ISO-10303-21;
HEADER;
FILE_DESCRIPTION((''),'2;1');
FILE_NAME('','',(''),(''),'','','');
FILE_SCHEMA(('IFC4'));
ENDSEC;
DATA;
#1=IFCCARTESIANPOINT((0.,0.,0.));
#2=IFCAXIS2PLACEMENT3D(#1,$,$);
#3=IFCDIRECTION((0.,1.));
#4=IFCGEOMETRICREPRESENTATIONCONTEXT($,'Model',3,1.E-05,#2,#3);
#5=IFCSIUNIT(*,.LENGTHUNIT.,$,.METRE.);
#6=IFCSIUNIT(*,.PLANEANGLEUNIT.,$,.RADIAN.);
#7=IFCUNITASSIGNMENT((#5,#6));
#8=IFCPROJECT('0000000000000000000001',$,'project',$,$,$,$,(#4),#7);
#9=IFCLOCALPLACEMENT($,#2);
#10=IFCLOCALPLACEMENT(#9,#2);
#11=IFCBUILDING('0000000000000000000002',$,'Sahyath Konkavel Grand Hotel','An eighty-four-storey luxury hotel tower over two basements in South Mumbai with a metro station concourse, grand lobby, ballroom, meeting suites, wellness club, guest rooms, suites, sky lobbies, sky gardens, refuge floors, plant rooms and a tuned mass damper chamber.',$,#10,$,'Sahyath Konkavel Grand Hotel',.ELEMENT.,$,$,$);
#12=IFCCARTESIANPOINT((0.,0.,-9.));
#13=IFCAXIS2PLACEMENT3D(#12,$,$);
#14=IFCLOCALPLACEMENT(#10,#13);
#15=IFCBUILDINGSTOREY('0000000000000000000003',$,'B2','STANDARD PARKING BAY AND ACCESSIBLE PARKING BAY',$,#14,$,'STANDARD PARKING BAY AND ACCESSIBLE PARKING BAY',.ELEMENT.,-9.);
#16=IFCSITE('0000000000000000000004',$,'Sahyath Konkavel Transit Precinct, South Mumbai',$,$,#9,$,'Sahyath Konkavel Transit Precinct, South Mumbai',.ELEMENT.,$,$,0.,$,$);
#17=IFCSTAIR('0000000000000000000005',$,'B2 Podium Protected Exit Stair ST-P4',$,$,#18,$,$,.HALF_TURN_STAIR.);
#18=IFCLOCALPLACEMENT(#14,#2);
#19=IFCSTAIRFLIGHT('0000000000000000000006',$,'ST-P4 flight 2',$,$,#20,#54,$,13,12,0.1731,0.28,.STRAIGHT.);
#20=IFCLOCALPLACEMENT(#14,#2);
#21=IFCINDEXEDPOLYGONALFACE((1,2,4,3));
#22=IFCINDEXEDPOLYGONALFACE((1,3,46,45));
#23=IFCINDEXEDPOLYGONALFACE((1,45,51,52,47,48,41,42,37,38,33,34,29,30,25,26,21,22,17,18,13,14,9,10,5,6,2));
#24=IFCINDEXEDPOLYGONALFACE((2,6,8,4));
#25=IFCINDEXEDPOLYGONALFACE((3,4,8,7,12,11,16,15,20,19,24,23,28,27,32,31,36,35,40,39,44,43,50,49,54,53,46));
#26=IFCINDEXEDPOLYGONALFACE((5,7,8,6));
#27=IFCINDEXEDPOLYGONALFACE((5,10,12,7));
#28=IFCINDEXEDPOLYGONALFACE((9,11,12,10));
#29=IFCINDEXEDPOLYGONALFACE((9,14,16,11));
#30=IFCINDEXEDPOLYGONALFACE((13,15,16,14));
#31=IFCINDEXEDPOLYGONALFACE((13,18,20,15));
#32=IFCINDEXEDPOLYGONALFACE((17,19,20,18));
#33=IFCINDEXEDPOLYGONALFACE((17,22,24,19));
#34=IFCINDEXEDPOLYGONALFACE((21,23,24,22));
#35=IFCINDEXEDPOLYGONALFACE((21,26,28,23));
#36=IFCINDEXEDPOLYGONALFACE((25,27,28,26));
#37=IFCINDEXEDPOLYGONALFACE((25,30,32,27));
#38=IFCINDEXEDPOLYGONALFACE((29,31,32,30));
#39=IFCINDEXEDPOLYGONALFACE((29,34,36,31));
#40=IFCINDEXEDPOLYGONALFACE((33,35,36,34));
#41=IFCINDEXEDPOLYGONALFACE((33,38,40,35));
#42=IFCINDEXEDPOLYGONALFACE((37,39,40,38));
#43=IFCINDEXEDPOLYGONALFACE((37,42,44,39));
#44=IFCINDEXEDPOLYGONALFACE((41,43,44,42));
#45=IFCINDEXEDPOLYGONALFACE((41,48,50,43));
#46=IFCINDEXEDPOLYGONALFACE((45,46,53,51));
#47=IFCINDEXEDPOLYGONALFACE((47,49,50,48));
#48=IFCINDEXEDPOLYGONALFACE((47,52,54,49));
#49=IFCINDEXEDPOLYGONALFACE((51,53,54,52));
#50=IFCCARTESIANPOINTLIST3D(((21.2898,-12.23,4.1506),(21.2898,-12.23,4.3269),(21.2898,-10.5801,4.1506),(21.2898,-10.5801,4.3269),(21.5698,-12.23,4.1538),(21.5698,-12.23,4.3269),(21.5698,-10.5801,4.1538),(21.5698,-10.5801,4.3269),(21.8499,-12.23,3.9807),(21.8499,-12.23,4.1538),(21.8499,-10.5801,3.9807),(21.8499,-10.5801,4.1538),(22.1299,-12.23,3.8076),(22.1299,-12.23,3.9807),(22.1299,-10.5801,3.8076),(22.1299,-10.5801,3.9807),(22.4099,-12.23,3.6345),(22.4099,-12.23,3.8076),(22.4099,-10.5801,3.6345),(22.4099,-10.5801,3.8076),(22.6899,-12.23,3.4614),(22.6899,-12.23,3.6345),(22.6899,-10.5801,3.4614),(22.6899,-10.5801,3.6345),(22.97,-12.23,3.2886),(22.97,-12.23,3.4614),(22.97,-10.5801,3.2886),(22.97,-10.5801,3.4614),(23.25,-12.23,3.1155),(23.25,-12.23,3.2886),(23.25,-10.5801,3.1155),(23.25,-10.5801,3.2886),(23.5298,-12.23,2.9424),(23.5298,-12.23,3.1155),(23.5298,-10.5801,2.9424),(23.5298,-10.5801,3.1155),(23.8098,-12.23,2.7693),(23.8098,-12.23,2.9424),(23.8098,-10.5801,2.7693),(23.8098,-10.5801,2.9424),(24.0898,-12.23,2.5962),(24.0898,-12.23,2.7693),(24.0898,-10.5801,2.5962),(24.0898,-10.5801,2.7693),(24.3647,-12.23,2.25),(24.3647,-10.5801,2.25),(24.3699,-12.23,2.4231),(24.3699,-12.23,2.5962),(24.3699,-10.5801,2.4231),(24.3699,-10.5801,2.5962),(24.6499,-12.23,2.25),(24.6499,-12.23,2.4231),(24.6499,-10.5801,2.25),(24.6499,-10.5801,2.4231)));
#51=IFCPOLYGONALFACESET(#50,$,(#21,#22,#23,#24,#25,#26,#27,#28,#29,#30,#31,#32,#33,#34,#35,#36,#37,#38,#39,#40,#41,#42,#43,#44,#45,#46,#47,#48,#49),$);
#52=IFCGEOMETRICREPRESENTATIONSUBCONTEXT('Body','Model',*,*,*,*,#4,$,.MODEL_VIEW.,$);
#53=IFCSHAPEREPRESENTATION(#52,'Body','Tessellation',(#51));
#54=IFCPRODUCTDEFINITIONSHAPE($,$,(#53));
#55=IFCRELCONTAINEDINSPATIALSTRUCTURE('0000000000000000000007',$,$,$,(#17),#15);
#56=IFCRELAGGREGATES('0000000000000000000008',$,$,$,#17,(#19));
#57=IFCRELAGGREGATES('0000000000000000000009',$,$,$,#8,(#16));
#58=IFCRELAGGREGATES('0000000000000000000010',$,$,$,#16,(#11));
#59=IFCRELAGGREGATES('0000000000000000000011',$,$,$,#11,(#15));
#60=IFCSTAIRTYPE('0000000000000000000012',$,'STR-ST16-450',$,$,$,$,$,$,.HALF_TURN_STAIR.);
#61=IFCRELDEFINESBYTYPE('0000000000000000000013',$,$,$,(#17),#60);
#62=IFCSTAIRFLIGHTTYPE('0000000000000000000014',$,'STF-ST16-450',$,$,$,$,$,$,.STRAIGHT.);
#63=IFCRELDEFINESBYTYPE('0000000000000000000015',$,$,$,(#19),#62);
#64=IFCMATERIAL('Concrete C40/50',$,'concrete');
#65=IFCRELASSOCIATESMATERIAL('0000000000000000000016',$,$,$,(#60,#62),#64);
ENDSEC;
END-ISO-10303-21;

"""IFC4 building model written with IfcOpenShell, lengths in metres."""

from ifc_helpers import new_model, si_unit, direction, frame, origin, place, context, subcontext, project, spatial, polyline, outline, extrude, material, type_object, element, aggregate, save


model = new_model("IFC4")

# Units and contexts
model_context = context("Model", 3, precision=1e-05, world=origin(), true_north=direction((0.0, 1.0)))
body_context = subcontext(model_context, "Body", "Model", "MODEL_VIEW")
ifc_project = project(units=[si_unit("LENGTHUNIT", "METRE"), si_unit("PLANEANGLEUNIT", "RADIAN")], contexts=[model_context])

# Site, building, storey
site_placement = place(None, origin())
site = spatial("IfcSite", under=ifc_project, at=site_placement, Name="Sahyath Konkavel Transit Precinct, South Mumbai", LongName="Sahyath Konkavel Transit Precinct, South Mumbai", CompositionType="ELEMENT", RefElevation=0.0)
building_placement = place(site_placement, origin())
building = spatial("IfcBuilding", under=site, at=building_placement, Name="Sahyath Konkavel Grand Hotel", Description="An eighty-four-storey luxury hotel tower over two basements in South Mumbai with a metro station concourse, grand lobby, ballroom, meeting suites, wellness club, guest rooms, suites, sky lobbies, sky gardens, refuge floors, plant rooms and a tuned mass damper chamber.", LongName="Sahyath Konkavel Grand Hotel", CompositionType="ELEMENT")
storey_placement = place(building_placement, frame((0.0, 0.0, -9.0)))
storey = spatial("IfcBuildingStorey", under=building, at=storey_placement, Name="B2", Description="STANDARD PARKING BAY AND ACCESSIBLE PARKING BAY", LongName="STANDARD PARKING BAY AND ACCESSIBLE PARKING BAY", CompositionType="ELEMENT", Elevation=-9.0)

# Shared definitions
ifc_material_1 = material(Name="Concrete C40/50", Category="concrete")

# Stair, stair flight
stair_type = type_object("IfcStairType", Name="STR-ST16-450", PredefinedType="HALF_TURN_STAIR", material=ifc_material_1)
stair_placement = place(storey_placement, origin())
stair = element("IfcStair", 1, at=stair_placement, inside=storey, type_object=stair_type, Name="B2 Podium Protected Exit Stair ST-P4", PredefinedType="HALF_TURN_STAIR")
stair_flight_type = type_object("IfcStairFlightType", Name="STF-ST16-450", PredefinedType="STRAIGHT", material=ifc_material_1)
stair_flight_1_placement = place(storey_placement, frame((24.6499, -11.405, 2.25), z_axis=(0.0, 0.0, 1.0), x_axis=(-1.0, 0.0, 0.0)))
stair_flight_1 = element("IfcStairFlight", 2, at=stair_flight_1_placement, type_object=stair_flight_type, Name="ST-P4 flight 2", NumberOfRisers=13, NumberOfTreads=12, PredefinedType="STRAIGHT", RiserHeight=0.1731, TreadLength=0.28, context=body_context, shape_type="SweptSolid", body=[
    extrude(outline(polyline([(0.0, 0.0), (0.0, 0.1731), (0.28, 0.1731), (0.28, 0.3462), (0.5601, 0.3462), (0.5601, 0.5193), (0.8401, 0.5193), (0.8401, 0.6924), (1.1201, 0.6924), (1.1201, 0.8655), (1.3999, 0.8655), (1.3999, 1.0386), (1.6799, 1.0386), (1.6799, 1.2114), (1.96, 1.2114), (1.96, 1.3845), (2.24, 1.3845), (2.24, 1.5576), (2.52, 1.5576), (2.52, 1.7307), (2.8, 1.7307), (2.8, 1.9038), (3.0801, 1.9038), (3.0801, 2.0769), (3.3601, 2.0769), (3.3601, 2.25), (3.3601, 1.9006), (0.2852, 0.0), (0.0, 0.0)])), frame((0.0, 0.825, 0.0), z_axis=(0.0, -1.0, 0.0), x_axis=(1.0, 0.0, 0.0)), (0.0, 0.0, 1.0), 1.6499),
])
aggregate(stair, [stair_flight_1])

save(model, "model.ifc")
